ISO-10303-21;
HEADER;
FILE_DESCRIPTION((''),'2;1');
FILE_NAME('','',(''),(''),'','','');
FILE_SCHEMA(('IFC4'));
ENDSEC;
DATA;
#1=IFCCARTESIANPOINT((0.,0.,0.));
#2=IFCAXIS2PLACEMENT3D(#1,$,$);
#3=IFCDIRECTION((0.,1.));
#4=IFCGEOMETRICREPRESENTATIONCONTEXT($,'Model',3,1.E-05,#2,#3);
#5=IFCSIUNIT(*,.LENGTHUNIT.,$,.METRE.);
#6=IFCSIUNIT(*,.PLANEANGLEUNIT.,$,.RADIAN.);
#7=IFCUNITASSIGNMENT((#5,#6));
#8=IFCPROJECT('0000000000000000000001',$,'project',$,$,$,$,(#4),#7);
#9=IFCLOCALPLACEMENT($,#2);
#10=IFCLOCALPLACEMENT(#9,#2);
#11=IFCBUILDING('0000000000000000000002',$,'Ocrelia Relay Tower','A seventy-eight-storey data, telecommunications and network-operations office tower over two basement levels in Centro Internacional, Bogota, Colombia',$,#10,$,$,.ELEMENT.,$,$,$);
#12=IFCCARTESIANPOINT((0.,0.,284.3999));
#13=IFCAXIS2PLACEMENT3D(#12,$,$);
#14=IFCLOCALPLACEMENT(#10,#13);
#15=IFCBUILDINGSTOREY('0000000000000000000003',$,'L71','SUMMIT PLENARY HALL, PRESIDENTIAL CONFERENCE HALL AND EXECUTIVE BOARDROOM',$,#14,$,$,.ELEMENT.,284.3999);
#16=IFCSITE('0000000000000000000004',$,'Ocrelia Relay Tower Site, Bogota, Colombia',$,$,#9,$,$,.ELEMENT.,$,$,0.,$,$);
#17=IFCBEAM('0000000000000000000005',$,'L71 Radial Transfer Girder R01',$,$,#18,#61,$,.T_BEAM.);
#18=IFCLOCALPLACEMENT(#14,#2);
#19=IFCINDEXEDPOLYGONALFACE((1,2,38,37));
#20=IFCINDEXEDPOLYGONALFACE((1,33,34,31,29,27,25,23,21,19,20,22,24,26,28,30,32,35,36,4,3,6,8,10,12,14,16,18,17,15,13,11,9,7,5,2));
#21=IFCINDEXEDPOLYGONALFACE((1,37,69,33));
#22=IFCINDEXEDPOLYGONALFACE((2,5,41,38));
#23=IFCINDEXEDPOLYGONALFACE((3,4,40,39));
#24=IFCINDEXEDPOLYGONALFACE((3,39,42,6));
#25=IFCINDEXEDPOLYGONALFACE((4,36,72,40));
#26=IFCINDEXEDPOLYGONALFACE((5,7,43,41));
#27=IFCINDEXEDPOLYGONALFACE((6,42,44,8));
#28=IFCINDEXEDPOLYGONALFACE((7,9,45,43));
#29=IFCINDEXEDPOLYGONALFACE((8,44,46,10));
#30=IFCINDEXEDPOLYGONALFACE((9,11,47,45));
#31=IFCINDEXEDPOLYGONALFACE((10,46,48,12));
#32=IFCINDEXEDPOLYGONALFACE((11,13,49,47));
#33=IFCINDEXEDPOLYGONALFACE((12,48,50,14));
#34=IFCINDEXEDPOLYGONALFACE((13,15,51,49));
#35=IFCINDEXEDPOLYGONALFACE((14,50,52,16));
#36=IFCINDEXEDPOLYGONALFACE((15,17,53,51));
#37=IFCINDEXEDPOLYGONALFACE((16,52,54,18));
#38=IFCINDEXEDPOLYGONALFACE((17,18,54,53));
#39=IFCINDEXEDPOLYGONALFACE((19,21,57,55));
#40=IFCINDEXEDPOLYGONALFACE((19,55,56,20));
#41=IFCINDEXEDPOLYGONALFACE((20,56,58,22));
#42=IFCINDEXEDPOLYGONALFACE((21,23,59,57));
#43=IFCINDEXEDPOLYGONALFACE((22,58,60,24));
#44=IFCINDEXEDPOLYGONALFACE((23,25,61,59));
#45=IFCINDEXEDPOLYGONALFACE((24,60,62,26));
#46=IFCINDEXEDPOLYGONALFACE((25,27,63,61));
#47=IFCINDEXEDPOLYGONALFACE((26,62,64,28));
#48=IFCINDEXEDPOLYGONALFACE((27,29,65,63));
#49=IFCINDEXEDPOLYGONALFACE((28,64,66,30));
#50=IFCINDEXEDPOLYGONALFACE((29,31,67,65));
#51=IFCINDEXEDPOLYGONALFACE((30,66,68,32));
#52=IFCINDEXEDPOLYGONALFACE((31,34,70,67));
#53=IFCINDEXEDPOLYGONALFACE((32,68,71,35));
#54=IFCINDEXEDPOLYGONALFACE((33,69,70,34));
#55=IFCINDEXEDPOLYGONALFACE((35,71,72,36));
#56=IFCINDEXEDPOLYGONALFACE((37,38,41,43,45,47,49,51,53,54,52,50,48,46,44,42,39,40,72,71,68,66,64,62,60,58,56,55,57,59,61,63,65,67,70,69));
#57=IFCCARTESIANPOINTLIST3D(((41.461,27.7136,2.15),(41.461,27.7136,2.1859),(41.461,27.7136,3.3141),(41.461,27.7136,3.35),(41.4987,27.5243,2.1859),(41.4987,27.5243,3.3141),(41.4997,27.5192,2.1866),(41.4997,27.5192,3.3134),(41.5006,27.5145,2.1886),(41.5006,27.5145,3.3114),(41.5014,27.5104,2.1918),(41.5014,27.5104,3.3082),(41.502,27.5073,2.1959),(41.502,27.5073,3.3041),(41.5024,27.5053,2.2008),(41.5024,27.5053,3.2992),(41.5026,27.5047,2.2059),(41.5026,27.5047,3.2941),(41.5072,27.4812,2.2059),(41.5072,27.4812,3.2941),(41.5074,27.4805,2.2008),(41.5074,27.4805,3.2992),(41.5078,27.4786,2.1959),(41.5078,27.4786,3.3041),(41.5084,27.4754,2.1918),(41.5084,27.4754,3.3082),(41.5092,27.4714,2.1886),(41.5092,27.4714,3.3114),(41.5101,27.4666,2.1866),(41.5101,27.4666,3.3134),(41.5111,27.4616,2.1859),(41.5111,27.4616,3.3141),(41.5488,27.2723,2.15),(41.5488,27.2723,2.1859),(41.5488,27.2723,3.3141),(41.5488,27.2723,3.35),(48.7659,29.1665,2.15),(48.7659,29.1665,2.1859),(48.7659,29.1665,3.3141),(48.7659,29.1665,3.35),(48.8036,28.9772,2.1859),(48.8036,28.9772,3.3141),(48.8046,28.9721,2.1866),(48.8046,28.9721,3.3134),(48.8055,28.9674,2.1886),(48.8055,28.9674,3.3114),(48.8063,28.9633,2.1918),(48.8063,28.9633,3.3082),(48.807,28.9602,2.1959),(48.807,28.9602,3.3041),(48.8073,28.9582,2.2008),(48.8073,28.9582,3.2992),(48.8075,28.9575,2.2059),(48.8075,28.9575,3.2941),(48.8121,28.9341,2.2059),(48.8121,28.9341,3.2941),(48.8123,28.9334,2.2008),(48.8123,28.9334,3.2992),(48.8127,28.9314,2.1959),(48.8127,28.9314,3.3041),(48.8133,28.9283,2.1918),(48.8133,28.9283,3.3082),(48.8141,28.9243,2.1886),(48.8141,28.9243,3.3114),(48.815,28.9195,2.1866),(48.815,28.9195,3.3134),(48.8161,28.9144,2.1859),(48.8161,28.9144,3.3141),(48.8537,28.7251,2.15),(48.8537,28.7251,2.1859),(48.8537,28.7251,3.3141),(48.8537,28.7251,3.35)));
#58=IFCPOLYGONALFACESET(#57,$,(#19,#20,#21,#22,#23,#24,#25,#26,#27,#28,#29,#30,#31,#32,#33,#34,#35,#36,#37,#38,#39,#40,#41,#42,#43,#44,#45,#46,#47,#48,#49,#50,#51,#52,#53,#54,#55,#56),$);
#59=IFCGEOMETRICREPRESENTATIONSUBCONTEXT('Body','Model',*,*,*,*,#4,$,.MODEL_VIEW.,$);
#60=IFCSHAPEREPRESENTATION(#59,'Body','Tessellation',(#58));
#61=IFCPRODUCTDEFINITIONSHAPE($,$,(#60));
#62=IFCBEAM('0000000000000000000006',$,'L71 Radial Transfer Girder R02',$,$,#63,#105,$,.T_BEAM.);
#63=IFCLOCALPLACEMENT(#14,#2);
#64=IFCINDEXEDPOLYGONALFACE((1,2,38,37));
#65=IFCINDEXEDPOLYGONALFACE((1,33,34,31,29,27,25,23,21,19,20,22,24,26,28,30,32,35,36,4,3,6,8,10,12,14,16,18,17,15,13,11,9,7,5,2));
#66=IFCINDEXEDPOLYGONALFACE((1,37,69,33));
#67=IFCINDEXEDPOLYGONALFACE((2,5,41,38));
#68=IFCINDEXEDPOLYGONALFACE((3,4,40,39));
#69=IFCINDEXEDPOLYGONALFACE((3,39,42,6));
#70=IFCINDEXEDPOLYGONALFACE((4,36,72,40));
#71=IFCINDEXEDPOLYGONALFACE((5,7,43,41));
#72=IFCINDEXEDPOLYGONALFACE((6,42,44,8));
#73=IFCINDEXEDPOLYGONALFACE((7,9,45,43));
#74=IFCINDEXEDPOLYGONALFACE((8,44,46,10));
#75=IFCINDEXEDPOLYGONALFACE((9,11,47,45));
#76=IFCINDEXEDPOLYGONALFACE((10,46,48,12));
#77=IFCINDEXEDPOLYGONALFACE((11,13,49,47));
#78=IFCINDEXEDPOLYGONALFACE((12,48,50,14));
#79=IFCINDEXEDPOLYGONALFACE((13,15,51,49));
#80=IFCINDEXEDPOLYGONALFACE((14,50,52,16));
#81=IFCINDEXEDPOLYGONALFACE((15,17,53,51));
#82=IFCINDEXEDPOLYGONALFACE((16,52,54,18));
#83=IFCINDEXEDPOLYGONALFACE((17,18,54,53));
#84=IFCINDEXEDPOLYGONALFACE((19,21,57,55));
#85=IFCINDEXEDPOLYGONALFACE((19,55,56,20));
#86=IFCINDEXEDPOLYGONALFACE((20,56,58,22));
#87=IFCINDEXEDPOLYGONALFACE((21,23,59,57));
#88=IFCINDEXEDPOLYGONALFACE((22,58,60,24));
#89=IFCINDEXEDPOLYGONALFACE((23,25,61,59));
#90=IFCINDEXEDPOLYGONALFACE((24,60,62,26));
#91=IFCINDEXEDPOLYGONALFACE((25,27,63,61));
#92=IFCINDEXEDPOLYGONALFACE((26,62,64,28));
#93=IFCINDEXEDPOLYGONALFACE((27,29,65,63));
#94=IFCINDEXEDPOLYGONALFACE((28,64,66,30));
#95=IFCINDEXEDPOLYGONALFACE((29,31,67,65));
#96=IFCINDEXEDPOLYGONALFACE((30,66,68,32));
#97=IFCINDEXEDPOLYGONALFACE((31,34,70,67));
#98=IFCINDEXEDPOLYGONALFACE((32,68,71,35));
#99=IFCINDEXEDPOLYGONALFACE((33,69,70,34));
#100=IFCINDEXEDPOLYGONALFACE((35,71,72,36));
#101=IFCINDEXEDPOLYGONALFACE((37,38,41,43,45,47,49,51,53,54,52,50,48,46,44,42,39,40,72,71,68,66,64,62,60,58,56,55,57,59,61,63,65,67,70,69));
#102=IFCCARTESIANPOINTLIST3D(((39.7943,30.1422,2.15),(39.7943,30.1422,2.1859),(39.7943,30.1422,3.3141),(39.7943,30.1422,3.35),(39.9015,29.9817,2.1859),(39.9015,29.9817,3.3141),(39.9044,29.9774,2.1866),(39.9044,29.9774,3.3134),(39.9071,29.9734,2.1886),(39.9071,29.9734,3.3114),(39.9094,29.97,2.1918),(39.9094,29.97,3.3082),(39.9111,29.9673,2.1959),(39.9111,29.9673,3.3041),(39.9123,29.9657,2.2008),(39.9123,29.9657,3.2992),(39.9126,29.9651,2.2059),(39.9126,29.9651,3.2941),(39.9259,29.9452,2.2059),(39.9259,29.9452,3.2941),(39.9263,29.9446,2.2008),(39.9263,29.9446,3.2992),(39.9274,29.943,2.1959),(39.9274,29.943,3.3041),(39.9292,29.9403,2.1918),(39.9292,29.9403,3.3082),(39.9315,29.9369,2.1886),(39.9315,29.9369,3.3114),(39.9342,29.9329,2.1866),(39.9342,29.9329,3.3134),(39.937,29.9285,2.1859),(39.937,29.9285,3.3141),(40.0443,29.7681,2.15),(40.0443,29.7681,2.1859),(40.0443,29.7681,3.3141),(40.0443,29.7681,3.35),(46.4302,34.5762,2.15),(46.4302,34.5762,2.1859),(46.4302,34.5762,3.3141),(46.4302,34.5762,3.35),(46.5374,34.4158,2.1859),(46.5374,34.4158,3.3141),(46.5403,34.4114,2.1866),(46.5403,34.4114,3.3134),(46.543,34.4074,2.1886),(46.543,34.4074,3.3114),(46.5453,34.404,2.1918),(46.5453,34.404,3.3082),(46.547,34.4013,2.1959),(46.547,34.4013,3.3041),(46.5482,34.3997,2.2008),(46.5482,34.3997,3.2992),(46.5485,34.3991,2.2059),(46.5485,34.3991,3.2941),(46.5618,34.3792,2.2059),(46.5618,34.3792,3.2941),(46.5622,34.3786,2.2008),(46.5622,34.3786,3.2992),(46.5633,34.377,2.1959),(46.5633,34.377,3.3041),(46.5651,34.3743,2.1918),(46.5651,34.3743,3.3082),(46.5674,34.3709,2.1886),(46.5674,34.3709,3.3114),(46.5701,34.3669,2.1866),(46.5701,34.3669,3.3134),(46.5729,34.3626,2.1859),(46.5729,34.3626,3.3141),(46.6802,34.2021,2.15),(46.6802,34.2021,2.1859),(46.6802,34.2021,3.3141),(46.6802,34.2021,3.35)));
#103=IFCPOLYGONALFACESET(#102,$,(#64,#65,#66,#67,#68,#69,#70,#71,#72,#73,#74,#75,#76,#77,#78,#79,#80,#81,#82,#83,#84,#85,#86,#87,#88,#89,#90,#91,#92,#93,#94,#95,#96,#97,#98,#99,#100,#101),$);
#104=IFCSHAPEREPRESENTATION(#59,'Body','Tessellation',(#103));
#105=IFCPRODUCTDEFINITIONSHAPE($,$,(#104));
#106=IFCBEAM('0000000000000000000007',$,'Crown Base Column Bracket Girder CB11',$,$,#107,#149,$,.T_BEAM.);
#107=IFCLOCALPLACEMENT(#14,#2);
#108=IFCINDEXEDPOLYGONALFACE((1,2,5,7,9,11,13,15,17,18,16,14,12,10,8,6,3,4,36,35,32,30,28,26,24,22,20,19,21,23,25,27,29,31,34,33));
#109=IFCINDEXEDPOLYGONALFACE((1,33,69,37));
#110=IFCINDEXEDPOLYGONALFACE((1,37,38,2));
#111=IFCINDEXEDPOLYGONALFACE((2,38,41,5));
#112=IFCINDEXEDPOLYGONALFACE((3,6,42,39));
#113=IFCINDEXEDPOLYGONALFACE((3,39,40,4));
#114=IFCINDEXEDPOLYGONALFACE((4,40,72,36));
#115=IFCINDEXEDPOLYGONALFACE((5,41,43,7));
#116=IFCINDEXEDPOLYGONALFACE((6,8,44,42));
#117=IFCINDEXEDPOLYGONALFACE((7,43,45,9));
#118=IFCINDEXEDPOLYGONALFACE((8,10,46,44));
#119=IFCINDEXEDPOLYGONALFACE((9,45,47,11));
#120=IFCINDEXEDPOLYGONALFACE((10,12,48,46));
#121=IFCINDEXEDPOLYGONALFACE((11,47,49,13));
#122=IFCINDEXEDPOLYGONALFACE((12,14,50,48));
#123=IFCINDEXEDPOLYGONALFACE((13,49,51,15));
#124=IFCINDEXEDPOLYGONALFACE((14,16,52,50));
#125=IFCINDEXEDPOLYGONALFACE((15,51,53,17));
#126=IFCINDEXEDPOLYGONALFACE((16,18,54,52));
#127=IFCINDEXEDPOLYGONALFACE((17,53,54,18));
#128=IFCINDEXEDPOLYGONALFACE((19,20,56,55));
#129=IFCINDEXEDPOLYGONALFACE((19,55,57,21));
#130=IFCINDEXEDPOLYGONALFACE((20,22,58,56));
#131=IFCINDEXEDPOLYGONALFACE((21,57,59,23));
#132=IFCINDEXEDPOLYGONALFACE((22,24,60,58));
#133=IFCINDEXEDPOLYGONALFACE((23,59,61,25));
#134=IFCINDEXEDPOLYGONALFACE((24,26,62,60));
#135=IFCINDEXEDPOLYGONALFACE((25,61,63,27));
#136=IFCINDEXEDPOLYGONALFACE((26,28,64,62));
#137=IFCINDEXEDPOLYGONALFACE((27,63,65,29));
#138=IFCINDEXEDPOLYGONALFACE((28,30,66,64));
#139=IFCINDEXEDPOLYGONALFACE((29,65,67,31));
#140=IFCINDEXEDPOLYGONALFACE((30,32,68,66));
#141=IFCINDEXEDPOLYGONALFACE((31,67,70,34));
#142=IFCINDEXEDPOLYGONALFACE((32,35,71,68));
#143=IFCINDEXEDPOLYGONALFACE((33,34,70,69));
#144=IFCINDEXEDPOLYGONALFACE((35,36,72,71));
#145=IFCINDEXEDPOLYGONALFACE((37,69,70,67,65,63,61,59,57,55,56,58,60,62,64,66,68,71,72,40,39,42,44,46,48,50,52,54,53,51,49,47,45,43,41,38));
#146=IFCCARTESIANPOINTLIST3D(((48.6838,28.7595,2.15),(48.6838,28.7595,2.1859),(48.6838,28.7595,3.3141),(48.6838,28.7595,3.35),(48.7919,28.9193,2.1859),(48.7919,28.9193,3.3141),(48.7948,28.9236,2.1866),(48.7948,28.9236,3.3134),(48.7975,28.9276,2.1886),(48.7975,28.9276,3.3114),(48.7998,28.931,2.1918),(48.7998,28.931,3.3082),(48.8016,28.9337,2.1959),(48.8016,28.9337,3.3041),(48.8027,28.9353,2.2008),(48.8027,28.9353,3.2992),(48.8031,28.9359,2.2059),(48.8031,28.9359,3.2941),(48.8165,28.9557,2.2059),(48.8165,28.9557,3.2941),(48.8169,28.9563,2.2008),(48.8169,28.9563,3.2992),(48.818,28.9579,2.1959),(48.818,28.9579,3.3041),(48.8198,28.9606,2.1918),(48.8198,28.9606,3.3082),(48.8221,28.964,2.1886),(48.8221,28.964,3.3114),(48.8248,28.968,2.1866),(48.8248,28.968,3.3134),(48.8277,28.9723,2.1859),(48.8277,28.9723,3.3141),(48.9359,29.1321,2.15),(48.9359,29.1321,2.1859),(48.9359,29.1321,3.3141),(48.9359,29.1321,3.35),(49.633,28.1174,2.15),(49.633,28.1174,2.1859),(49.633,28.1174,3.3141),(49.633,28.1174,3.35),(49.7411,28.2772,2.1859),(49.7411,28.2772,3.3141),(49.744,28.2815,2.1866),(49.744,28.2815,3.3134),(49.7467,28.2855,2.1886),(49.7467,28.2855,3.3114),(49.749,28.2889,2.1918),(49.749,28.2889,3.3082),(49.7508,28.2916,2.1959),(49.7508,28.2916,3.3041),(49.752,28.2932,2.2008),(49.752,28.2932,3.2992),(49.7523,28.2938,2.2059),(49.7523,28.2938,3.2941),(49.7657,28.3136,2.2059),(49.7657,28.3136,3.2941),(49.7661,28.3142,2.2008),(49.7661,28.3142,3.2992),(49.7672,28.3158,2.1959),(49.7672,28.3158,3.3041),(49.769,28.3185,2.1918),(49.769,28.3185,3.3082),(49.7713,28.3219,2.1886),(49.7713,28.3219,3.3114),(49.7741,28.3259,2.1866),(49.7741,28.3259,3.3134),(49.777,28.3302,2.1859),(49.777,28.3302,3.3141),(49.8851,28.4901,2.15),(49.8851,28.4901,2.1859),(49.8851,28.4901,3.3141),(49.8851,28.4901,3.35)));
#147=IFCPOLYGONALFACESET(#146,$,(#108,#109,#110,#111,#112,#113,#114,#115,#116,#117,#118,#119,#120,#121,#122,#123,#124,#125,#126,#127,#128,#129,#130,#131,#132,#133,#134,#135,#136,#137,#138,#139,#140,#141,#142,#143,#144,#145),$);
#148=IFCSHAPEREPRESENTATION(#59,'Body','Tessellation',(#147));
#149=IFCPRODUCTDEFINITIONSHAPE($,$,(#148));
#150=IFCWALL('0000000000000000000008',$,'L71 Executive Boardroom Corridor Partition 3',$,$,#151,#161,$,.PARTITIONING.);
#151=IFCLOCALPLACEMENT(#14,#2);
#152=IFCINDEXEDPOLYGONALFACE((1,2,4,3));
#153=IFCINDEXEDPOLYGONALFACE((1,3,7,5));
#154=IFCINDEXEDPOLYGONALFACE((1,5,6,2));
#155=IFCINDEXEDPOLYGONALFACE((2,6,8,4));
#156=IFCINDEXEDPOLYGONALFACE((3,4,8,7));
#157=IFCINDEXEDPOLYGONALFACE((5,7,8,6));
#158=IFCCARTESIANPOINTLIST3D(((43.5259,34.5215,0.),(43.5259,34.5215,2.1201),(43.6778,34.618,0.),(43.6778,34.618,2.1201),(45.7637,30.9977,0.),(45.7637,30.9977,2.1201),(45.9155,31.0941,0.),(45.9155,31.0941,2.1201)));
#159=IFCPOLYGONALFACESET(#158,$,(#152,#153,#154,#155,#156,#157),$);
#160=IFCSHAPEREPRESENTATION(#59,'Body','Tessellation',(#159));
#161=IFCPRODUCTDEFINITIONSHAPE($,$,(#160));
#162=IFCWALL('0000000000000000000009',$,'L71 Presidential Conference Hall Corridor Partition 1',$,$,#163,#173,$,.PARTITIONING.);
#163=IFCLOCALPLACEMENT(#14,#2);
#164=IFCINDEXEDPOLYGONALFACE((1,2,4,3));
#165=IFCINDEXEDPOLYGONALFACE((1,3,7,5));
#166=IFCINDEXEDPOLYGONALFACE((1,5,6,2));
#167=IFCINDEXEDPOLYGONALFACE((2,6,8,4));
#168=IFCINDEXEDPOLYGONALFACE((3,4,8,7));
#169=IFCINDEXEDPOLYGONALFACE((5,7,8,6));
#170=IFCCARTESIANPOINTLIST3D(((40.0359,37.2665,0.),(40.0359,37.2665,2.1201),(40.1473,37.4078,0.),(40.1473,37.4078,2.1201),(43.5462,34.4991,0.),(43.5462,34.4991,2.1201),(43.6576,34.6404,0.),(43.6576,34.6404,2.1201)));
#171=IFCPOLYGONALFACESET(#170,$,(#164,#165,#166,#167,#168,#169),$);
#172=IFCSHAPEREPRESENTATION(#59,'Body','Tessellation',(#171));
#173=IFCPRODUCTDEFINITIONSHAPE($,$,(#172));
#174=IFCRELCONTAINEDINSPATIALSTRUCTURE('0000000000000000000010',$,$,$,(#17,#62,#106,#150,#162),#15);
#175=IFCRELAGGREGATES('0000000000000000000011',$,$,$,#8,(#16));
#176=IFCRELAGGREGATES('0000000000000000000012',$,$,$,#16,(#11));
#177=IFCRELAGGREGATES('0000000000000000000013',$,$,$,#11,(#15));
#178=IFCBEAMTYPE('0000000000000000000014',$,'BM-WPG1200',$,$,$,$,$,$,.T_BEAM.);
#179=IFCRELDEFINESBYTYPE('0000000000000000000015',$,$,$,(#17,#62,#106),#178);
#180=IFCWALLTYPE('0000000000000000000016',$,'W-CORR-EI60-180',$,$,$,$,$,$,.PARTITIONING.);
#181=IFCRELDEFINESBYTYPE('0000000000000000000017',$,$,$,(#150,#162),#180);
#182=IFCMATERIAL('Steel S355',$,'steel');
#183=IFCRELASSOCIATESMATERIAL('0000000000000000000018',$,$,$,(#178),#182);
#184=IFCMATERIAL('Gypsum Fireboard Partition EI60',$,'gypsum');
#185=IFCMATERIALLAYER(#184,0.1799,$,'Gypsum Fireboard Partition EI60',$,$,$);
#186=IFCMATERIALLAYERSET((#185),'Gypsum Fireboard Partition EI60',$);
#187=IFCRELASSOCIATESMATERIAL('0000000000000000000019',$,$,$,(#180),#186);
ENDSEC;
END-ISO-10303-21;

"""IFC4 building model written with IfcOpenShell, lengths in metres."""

from ifc_helpers import new_model, si_unit, direction, frame, frame_2d, origin, origin_2d, place, context, subcontext, project, spatial, rectangle, i_section, extrude, material, layer, layer_set, material_profile, profile_set, type_object, element, save


model = new_model("IFC4")

# Units and contexts
model_context = context("Model", 3, precision=1e-05, world=origin(), true_north=direction((0.0, 1.0)))
body_context = subcontext(model_context, "Body", "Model", "MODEL_VIEW")
ifc_project = project(units=[si_unit("LENGTHUNIT", "METRE"), si_unit("PLANEANGLEUNIT", "RADIAN")], contexts=[model_context])

# Site, building, storey
site_placement = place(None, origin())
site = spatial("IfcSite", under=ifc_project, at=site_placement, Name="Ocrelia Relay Tower Site, Bogota, Colombia", CompositionType="ELEMENT", RefElevation=0.0)
building_placement = place(site_placement, origin())
building = spatial("IfcBuilding", under=site, at=building_placement, Name="Ocrelia Relay Tower", Description="A seventy-eight-storey data, telecommunications and network-operations office tower over two basement levels in Centro Internacional, Bogota, Colombia", CompositionType="ELEMENT")
storey_placement = place(building_placement, frame((0.0, 0.0, 284.3999)))
storey = spatial("IfcBuildingStorey", under=building, at=storey_placement, Name="L71", Description="SUMMIT PLENARY HALL, PRESIDENTIAL CONFERENCE HALL AND EXECUTIVE BOARDROOM", CompositionType="ELEMENT", Elevation=284.3999)

# Beams
ifc_material_1 = material(Name="Steel S355", Category="steel")
ifc_material_profile_1 = material_profile(ifc_material_1, i_section(OverallWidth=0.45, OverallDepth=1.2, WebThickness=0.0239, FlangeThickness=0.0359, FilletRadius=0.02, at=origin_2d()), Name="WPG 1200x450")
ifc_profile_set_1 = profile_set([ifc_material_profile_1], Name="Steel S355")
beam_type_1 = type_object("IfcBeamType", Name="BM-WPG1200", PredefinedType="T_BEAM", material=ifc_profile_set_1)
beam_1_placement = place(storey_placement, frame((48.8098, 28.9458, 2.75), z_axis=(-0.980789, -0.19507, 0.0), x_axis=(0.19507, -0.980789, 0.0)))
element("IfcBeam", 1, at=beam_1_placement, inside=storey, type_object=beam_type_1, Name="L71 Radial Transfer Girder R01", PredefinedType="T_BEAM", context=body_context, shape_type="SweptSolid", body=[
    extrude(i_section(OverallWidth=0.45, OverallDepth=1.2, WebThickness=0.0239, FlangeThickness=0.0359, FilletRadius=0.02, at=origin_2d()), origin(), (0.0, 0.0, 1.0), 7.448),
])
beam_2_placement = place(storey_placement, frame((46.5552, 34.3892, 2.75), z_axis=(-0.831466, -0.555575, 0.0), x_axis=(0.555575, -0.831466, 0.0)))
element("IfcBeam", 2, at=beam_2_placement, inside=storey, type_object=beam_type_1, Name="L71 Radial Transfer Girder R02", PredefinedType="T_BEAM", context=body_context, shape_type="SweptSolid", body=[
    extrude(i_section(OverallWidth=0.45, OverallDepth=1.2, WebThickness=0.0239, FlangeThickness=0.0359, FilletRadius=0.02, at=origin_2d()), origin(), (0.0, 0.0, 1.0), 7.981),
])
beam_3_placement = place(storey_placement, frame((48.8098, 28.9458, 2.75), z_axis=(0.828295, -0.560292, 0.0), x_axis=(0.560292, 0.828295, 0.0)))
element("IfcBeam", 3, at=beam_3_placement, inside=storey, type_object=beam_type_1, Name="Crown Base Column Bracket Girder CB11", PredefinedType="T_BEAM", context=body_context, shape_type="SweptSolid", body=[
    extrude(i_section(OverallWidth=0.45, OverallDepth=1.2, WebThickness=0.0239, FlangeThickness=0.0359, FilletRadius=0.02, at=origin_2d()), origin(), (0.0, 0.0, 1.0), 1.146),
])

# Walls
ifc_material_2 = material(Name="Gypsum Fireboard Partition EI60", Category="gypsum")
ifc_layer_1 = layer(ifc_material_2, 0.1799, Name="Gypsum Fireboard Partition EI60")
ifc_layer_set_1 = layer_set([ifc_layer_1], Name="Gypsum Fireboard Partition EI60")
wall_type_1 = type_object("IfcWallType", Name="W-CORR-EI60-180", PredefinedType="PARTITIONING", material=ifc_layer_set_1)
wall_1_placement = place(storey_placement, frame((45.8396, 31.0459, 0.0), z_axis=(0.0, 0.0, 1.0), x_axis=(-0.536073, 0.844172, 0.0)))
element("IfcWall", 4, at=wall_1_placement, inside=storey, type_object=wall_type_1, Name="L71 Executive Boardroom Corridor Partition 3", PredefinedType="PARTITIONING", context=body_context, shape_type="SweptSolid", body=[
    extrude(rectangle(XDim=4.1743, YDim=0.1799, at=frame_2d((2.0872, 0.0))), origin(), (0.0, 0.0, 1.0), 2.1201),
])
wall_2_placement = place(storey_placement, frame((43.6018, 34.5698, 0.0), z_axis=(0.0, 0.0, 1.0), x_axis=(-0.785309, 0.619104, 0.0)))
element("IfcWall", 5, at=wall_2_placement, inside=storey, type_object=wall_type_1, Name="L71 Presidential Conference Hall Corridor Partition 1", PredefinedType="PARTITIONING", context=body_context, shape_type="SweptSolid", body=[
    extrude(rectangle(XDim=4.47, YDim=0.1799, at=frame_2d((2.2349, 0.0))), origin(), (0.0, 0.0, 1.0), 2.1201),
])

save(model, "model.ifc")
